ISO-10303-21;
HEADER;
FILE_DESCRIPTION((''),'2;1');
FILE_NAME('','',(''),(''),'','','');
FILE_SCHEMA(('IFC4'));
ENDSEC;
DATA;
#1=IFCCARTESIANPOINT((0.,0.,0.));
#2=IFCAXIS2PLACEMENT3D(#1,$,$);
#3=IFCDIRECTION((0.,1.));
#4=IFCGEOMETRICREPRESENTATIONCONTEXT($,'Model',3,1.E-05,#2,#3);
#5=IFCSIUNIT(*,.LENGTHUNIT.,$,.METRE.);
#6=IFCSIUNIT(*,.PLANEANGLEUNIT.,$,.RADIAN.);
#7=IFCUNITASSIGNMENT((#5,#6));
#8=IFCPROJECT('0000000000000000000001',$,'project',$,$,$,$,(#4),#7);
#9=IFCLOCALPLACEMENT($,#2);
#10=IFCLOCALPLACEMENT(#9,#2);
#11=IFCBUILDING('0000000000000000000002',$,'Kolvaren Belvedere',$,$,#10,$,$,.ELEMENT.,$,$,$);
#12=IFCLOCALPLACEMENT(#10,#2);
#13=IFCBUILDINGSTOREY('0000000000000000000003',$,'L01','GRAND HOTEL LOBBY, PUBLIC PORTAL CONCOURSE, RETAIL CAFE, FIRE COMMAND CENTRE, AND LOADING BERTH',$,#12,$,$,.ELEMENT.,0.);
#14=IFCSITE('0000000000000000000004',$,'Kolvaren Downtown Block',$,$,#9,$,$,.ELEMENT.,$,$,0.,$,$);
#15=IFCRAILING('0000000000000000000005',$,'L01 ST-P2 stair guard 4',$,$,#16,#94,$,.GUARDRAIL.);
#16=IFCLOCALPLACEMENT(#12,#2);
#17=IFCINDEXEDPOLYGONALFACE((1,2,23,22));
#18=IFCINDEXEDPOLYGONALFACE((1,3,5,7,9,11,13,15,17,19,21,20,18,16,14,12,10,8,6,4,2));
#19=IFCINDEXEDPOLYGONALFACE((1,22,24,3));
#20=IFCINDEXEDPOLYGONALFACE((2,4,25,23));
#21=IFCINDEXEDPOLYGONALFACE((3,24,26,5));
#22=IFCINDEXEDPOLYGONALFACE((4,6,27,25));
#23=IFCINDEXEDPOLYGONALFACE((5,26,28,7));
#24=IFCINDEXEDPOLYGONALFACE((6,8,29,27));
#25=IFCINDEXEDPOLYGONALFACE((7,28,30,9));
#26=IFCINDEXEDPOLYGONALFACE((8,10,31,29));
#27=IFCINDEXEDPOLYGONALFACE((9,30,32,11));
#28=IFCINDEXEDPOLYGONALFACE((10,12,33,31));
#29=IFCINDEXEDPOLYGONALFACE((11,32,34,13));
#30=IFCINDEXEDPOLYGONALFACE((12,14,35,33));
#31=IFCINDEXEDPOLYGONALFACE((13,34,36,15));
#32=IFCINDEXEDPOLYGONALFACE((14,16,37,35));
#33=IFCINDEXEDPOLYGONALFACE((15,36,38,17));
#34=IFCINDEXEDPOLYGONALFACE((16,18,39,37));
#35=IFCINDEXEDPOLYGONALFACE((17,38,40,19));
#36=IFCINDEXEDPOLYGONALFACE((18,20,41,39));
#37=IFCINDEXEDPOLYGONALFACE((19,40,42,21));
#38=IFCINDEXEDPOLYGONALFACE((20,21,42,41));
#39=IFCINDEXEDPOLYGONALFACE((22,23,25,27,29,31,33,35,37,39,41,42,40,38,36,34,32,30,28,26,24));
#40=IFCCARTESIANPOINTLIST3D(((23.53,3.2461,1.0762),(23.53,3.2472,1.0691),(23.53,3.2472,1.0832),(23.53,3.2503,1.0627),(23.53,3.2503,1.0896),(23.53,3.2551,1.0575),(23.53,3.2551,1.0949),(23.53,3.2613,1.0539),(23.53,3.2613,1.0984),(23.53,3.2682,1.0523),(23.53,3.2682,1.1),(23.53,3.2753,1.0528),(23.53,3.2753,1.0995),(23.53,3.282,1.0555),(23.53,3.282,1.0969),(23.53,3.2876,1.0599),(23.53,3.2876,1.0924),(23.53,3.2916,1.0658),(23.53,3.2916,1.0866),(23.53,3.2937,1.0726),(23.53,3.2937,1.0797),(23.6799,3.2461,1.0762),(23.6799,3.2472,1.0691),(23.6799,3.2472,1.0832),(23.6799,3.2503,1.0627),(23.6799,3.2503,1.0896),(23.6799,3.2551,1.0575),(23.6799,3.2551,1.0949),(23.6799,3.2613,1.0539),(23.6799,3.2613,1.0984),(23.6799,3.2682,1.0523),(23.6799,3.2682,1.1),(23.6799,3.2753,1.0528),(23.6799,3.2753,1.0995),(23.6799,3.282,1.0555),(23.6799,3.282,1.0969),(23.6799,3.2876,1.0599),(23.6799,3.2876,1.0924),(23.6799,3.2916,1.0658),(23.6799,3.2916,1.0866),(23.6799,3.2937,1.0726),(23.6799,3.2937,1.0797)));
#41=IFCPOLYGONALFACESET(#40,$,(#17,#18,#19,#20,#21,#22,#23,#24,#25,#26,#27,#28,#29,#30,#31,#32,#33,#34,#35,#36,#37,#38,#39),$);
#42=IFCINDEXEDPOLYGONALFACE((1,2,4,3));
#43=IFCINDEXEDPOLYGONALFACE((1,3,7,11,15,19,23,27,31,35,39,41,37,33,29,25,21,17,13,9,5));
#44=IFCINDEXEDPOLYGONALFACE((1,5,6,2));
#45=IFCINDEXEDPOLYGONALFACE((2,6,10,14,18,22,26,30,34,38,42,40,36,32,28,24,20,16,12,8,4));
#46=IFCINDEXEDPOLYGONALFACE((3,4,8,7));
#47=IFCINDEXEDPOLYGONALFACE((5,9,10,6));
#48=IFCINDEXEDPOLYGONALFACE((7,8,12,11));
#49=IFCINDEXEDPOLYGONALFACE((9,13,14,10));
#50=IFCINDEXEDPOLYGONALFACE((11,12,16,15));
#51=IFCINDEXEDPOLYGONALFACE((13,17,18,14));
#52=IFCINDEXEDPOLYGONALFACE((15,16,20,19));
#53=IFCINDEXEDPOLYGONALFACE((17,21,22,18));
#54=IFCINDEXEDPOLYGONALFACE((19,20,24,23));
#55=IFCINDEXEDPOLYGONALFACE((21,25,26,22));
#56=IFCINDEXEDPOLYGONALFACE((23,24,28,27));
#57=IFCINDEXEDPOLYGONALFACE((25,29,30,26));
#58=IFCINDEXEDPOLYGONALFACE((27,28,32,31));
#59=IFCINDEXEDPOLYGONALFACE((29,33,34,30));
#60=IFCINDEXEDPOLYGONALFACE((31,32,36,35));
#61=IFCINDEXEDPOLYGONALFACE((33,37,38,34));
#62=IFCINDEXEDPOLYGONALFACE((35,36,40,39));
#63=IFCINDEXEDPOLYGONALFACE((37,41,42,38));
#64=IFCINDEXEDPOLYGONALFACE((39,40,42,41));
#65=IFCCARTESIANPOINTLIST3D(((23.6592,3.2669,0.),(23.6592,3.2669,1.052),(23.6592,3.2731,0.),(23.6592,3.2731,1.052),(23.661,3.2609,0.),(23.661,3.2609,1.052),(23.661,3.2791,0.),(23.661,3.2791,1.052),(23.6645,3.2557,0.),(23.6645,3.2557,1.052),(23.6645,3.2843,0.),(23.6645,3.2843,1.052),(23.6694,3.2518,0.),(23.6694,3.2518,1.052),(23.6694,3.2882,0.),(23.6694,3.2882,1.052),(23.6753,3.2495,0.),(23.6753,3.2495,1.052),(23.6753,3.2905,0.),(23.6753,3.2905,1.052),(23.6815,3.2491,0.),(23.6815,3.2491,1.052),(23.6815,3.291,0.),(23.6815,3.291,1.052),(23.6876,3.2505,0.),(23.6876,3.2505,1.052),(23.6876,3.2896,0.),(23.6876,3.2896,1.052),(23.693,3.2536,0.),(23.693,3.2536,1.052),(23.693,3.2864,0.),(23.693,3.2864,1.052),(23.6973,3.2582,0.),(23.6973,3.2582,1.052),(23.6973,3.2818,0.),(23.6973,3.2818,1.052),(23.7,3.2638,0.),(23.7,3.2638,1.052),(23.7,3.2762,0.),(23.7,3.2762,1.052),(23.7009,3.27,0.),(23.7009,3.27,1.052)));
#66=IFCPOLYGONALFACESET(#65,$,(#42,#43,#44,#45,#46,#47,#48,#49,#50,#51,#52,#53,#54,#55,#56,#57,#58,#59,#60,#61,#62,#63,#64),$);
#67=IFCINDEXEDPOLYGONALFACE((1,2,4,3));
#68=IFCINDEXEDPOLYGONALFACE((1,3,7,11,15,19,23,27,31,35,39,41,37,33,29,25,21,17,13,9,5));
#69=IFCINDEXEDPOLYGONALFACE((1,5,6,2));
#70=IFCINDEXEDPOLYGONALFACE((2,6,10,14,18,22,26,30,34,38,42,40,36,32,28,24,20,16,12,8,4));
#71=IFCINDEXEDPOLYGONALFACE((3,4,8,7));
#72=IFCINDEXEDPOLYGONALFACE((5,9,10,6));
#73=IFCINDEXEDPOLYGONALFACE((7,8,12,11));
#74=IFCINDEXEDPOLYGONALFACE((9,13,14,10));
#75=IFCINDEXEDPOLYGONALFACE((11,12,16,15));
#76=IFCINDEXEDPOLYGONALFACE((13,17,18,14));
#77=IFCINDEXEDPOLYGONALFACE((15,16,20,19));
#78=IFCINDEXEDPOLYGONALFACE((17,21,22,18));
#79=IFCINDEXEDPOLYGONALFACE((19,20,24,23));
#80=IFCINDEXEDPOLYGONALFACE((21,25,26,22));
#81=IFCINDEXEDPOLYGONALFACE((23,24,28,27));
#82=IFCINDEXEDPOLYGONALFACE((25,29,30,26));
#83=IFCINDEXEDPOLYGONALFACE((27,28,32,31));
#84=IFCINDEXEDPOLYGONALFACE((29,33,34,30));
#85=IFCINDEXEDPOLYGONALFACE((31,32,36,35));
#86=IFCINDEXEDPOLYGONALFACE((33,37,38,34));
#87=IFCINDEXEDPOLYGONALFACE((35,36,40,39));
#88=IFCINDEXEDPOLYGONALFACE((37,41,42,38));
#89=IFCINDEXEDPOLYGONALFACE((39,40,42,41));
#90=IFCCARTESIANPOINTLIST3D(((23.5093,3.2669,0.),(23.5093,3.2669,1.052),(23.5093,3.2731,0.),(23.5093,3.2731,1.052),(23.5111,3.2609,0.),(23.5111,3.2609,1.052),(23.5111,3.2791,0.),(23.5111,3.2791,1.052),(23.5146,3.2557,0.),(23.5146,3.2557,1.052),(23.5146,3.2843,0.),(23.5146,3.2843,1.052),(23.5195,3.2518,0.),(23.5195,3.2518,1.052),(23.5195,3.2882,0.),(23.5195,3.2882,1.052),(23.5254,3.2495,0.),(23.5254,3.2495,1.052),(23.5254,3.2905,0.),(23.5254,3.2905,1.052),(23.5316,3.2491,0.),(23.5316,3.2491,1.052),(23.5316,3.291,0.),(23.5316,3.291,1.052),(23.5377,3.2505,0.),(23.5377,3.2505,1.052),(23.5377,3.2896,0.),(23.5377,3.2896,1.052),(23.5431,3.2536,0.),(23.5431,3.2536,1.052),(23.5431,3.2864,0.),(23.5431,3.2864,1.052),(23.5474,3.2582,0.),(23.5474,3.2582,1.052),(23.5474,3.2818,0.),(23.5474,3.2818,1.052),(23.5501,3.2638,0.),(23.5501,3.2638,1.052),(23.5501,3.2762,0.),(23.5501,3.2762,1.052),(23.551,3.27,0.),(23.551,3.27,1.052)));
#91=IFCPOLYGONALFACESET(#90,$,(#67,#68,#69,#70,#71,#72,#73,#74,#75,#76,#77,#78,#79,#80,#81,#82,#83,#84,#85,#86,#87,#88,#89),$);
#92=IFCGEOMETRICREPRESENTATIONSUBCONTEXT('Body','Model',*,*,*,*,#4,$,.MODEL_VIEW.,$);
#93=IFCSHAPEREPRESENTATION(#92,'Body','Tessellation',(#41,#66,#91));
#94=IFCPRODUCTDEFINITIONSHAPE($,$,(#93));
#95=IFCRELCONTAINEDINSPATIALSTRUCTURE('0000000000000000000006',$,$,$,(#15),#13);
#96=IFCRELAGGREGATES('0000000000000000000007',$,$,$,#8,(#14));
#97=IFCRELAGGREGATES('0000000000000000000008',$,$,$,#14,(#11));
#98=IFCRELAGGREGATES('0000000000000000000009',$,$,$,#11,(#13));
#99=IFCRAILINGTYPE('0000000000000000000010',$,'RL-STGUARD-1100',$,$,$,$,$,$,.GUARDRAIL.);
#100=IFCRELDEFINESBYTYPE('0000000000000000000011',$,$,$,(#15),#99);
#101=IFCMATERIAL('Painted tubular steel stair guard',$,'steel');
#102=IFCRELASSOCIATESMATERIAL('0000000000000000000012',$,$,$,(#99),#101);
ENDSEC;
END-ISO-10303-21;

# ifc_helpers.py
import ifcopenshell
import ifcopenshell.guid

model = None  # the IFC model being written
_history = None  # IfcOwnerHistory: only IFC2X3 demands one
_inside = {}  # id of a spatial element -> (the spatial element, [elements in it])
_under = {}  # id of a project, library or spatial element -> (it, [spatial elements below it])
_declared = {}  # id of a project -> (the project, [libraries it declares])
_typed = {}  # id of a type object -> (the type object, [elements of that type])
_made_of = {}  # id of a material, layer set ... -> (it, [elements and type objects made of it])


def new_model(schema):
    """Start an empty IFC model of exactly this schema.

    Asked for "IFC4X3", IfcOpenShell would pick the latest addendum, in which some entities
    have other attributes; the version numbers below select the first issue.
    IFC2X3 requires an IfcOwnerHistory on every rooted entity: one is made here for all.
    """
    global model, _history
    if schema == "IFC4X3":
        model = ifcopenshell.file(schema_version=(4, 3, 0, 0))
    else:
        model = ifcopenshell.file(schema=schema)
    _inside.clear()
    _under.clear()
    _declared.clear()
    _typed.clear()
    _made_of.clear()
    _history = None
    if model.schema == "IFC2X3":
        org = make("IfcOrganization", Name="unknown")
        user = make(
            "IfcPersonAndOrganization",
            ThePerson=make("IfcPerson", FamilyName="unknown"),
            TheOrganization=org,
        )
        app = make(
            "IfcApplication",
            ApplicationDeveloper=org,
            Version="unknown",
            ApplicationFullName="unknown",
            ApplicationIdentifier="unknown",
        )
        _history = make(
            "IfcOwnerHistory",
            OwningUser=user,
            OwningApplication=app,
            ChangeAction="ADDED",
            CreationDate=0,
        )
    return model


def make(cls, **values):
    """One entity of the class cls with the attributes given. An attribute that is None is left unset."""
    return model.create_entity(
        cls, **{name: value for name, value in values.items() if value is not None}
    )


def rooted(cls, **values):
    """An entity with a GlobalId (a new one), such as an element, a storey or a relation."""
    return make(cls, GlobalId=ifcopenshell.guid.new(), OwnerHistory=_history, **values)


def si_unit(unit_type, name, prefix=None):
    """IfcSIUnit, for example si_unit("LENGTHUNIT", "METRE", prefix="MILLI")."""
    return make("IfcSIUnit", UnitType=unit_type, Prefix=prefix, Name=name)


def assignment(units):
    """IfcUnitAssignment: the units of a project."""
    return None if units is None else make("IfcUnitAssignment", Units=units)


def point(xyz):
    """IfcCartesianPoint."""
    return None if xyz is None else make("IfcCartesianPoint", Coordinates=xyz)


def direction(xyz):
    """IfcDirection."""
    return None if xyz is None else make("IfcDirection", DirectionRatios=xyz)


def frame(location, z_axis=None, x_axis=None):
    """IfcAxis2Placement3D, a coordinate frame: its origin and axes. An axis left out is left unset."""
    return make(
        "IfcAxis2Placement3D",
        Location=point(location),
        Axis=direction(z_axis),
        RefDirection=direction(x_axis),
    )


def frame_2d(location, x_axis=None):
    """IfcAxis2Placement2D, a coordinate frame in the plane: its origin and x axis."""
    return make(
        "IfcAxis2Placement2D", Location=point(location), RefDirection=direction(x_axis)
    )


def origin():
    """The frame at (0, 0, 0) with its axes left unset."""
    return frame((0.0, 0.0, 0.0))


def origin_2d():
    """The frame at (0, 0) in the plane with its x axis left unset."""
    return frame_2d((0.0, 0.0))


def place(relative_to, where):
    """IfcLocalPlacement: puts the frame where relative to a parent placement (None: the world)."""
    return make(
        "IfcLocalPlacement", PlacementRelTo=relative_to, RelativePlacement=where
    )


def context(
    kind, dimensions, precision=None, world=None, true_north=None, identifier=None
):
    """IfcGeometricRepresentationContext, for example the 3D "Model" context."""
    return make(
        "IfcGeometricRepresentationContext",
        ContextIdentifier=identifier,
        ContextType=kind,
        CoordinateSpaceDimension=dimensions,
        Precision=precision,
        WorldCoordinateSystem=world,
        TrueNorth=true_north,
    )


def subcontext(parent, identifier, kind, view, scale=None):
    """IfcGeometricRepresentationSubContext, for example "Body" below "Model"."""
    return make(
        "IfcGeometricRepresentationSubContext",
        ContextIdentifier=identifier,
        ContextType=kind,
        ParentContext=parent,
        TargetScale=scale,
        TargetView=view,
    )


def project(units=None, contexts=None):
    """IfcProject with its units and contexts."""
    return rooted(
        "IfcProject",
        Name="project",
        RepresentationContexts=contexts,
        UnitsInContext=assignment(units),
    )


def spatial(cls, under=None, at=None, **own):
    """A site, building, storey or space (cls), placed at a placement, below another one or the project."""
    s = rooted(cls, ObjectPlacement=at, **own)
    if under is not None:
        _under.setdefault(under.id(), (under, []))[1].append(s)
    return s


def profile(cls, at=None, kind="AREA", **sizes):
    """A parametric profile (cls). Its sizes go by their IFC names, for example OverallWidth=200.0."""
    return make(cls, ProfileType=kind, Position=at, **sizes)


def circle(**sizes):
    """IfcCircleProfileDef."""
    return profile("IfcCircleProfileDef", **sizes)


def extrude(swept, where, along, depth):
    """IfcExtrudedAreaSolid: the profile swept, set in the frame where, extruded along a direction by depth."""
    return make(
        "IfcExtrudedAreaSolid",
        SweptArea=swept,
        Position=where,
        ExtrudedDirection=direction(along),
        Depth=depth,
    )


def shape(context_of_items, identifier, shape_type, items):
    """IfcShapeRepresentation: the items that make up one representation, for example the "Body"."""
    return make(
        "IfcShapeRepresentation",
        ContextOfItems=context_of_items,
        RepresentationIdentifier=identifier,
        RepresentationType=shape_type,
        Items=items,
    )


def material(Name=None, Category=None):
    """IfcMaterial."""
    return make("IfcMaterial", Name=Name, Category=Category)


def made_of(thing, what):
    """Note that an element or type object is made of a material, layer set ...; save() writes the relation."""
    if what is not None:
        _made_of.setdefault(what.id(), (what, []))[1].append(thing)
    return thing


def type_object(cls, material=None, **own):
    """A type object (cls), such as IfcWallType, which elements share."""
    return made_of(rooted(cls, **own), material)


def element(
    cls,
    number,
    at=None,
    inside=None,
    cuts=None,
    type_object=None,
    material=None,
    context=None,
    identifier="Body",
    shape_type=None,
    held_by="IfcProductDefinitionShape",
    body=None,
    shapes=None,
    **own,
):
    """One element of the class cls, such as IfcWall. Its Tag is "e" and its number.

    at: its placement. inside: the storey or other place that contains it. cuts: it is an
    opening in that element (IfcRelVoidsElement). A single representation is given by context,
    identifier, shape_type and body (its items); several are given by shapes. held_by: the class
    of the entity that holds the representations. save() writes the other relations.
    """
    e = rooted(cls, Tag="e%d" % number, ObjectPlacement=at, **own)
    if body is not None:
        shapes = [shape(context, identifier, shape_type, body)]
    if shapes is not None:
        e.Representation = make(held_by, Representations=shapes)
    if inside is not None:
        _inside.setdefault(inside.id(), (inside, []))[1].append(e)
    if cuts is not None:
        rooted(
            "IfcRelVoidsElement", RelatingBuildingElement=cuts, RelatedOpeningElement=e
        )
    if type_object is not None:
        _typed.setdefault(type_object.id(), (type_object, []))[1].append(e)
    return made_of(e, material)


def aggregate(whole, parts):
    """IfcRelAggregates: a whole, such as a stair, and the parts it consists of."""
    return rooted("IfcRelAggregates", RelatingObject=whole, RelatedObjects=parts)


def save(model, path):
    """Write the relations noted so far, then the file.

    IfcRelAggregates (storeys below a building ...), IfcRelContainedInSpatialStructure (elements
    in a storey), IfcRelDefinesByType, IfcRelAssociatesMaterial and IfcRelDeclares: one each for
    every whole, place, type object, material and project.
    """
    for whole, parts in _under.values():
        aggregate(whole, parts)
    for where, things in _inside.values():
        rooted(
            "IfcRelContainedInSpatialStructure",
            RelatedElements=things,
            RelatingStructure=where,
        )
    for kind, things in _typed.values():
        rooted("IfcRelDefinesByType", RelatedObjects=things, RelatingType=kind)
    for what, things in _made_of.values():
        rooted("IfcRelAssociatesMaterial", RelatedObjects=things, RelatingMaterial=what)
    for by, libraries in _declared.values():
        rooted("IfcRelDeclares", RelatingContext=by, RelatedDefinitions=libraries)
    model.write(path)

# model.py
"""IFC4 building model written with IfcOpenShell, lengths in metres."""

from ifc_helpers import new_model, si_unit, direction, frame, origin, origin_2d, place, context, subcontext, project, spatial, circle, extrude, material, type_object, element, save


model = new_model("IFC4")

# Units and contexts
model_context = context("Model", 3, precision=1e-05, world=origin(), true_north=direction((0.0, 1.0)))
body_context = subcontext(model_context, "Body", "Model", "MODEL_VIEW")
ifc_project = project(units=[si_unit("LENGTHUNIT", "METRE"), si_unit("PLANEANGLEUNIT", "RADIAN")], contexts=[model_context])

# Site, building, storey
site_placement = place(None, origin())
site = spatial("IfcSite", under=ifc_project, at=site_placement, Name="Kolvaren Downtown Block", CompositionType="ELEMENT", RefElevation=0.0)
building_placement = place(site_placement, origin())
building = spatial("IfcBuilding", under=site, at=building_placement, Name="Kolvaren Belvedere", CompositionType="ELEMENT")
storey_placement = place(building_placement, origin())
storey = spatial("IfcBuildingStorey", under=building, at=storey_placement, Name="L01", Description="GRAND HOTEL LOBBY, PUBLIC PORTAL CONCOURSE, RETAIL CAFE, FIRE COMMAND CENTRE, AND LOADING BERTH", CompositionType="ELEMENT", Elevation=0.0)

# Railing
ifc_material_1 = material(Name="Painted tubular steel stair guard", Category="steel")
railing_type_1 = type_object("IfcRailingType", Name="RL-STGUARD-1100", PredefinedType="GUARDRAIL", material=ifc_material_1)
railing_1_placement = place(storey_placement, frame((23.6799, 3.27, 0.0)))
element("IfcRailing", 1, at=railing_1_placement, inside=storey, type_object=railing_type_1, Name="L01 ST-P2 stair guard 4", PredefinedType="GUARDRAIL", context=body_context, shape_type="SweptSolid", body=[
    extrude(circle(Radius=0.0239, at=origin_2d()), frame((0.0, 0.0, 1.0762), z_axis=(-1.0, 0.0, 0.0), x_axis=(0.0, -1.0, 0.0)), (0.0, 0.0, 1.0), 0.1499),
    extrude(circle(Radius=0.021, at=origin_2d()), origin(), (0.0, 0.0, 1.0), 1.052),
    extrude(circle(Radius=0.021, at=origin_2d()), frame((-0.1499, 0.0, 0.0)), (0.0, 0.0, 1.0), 1.052),
])

save(model, "model.ifc")
